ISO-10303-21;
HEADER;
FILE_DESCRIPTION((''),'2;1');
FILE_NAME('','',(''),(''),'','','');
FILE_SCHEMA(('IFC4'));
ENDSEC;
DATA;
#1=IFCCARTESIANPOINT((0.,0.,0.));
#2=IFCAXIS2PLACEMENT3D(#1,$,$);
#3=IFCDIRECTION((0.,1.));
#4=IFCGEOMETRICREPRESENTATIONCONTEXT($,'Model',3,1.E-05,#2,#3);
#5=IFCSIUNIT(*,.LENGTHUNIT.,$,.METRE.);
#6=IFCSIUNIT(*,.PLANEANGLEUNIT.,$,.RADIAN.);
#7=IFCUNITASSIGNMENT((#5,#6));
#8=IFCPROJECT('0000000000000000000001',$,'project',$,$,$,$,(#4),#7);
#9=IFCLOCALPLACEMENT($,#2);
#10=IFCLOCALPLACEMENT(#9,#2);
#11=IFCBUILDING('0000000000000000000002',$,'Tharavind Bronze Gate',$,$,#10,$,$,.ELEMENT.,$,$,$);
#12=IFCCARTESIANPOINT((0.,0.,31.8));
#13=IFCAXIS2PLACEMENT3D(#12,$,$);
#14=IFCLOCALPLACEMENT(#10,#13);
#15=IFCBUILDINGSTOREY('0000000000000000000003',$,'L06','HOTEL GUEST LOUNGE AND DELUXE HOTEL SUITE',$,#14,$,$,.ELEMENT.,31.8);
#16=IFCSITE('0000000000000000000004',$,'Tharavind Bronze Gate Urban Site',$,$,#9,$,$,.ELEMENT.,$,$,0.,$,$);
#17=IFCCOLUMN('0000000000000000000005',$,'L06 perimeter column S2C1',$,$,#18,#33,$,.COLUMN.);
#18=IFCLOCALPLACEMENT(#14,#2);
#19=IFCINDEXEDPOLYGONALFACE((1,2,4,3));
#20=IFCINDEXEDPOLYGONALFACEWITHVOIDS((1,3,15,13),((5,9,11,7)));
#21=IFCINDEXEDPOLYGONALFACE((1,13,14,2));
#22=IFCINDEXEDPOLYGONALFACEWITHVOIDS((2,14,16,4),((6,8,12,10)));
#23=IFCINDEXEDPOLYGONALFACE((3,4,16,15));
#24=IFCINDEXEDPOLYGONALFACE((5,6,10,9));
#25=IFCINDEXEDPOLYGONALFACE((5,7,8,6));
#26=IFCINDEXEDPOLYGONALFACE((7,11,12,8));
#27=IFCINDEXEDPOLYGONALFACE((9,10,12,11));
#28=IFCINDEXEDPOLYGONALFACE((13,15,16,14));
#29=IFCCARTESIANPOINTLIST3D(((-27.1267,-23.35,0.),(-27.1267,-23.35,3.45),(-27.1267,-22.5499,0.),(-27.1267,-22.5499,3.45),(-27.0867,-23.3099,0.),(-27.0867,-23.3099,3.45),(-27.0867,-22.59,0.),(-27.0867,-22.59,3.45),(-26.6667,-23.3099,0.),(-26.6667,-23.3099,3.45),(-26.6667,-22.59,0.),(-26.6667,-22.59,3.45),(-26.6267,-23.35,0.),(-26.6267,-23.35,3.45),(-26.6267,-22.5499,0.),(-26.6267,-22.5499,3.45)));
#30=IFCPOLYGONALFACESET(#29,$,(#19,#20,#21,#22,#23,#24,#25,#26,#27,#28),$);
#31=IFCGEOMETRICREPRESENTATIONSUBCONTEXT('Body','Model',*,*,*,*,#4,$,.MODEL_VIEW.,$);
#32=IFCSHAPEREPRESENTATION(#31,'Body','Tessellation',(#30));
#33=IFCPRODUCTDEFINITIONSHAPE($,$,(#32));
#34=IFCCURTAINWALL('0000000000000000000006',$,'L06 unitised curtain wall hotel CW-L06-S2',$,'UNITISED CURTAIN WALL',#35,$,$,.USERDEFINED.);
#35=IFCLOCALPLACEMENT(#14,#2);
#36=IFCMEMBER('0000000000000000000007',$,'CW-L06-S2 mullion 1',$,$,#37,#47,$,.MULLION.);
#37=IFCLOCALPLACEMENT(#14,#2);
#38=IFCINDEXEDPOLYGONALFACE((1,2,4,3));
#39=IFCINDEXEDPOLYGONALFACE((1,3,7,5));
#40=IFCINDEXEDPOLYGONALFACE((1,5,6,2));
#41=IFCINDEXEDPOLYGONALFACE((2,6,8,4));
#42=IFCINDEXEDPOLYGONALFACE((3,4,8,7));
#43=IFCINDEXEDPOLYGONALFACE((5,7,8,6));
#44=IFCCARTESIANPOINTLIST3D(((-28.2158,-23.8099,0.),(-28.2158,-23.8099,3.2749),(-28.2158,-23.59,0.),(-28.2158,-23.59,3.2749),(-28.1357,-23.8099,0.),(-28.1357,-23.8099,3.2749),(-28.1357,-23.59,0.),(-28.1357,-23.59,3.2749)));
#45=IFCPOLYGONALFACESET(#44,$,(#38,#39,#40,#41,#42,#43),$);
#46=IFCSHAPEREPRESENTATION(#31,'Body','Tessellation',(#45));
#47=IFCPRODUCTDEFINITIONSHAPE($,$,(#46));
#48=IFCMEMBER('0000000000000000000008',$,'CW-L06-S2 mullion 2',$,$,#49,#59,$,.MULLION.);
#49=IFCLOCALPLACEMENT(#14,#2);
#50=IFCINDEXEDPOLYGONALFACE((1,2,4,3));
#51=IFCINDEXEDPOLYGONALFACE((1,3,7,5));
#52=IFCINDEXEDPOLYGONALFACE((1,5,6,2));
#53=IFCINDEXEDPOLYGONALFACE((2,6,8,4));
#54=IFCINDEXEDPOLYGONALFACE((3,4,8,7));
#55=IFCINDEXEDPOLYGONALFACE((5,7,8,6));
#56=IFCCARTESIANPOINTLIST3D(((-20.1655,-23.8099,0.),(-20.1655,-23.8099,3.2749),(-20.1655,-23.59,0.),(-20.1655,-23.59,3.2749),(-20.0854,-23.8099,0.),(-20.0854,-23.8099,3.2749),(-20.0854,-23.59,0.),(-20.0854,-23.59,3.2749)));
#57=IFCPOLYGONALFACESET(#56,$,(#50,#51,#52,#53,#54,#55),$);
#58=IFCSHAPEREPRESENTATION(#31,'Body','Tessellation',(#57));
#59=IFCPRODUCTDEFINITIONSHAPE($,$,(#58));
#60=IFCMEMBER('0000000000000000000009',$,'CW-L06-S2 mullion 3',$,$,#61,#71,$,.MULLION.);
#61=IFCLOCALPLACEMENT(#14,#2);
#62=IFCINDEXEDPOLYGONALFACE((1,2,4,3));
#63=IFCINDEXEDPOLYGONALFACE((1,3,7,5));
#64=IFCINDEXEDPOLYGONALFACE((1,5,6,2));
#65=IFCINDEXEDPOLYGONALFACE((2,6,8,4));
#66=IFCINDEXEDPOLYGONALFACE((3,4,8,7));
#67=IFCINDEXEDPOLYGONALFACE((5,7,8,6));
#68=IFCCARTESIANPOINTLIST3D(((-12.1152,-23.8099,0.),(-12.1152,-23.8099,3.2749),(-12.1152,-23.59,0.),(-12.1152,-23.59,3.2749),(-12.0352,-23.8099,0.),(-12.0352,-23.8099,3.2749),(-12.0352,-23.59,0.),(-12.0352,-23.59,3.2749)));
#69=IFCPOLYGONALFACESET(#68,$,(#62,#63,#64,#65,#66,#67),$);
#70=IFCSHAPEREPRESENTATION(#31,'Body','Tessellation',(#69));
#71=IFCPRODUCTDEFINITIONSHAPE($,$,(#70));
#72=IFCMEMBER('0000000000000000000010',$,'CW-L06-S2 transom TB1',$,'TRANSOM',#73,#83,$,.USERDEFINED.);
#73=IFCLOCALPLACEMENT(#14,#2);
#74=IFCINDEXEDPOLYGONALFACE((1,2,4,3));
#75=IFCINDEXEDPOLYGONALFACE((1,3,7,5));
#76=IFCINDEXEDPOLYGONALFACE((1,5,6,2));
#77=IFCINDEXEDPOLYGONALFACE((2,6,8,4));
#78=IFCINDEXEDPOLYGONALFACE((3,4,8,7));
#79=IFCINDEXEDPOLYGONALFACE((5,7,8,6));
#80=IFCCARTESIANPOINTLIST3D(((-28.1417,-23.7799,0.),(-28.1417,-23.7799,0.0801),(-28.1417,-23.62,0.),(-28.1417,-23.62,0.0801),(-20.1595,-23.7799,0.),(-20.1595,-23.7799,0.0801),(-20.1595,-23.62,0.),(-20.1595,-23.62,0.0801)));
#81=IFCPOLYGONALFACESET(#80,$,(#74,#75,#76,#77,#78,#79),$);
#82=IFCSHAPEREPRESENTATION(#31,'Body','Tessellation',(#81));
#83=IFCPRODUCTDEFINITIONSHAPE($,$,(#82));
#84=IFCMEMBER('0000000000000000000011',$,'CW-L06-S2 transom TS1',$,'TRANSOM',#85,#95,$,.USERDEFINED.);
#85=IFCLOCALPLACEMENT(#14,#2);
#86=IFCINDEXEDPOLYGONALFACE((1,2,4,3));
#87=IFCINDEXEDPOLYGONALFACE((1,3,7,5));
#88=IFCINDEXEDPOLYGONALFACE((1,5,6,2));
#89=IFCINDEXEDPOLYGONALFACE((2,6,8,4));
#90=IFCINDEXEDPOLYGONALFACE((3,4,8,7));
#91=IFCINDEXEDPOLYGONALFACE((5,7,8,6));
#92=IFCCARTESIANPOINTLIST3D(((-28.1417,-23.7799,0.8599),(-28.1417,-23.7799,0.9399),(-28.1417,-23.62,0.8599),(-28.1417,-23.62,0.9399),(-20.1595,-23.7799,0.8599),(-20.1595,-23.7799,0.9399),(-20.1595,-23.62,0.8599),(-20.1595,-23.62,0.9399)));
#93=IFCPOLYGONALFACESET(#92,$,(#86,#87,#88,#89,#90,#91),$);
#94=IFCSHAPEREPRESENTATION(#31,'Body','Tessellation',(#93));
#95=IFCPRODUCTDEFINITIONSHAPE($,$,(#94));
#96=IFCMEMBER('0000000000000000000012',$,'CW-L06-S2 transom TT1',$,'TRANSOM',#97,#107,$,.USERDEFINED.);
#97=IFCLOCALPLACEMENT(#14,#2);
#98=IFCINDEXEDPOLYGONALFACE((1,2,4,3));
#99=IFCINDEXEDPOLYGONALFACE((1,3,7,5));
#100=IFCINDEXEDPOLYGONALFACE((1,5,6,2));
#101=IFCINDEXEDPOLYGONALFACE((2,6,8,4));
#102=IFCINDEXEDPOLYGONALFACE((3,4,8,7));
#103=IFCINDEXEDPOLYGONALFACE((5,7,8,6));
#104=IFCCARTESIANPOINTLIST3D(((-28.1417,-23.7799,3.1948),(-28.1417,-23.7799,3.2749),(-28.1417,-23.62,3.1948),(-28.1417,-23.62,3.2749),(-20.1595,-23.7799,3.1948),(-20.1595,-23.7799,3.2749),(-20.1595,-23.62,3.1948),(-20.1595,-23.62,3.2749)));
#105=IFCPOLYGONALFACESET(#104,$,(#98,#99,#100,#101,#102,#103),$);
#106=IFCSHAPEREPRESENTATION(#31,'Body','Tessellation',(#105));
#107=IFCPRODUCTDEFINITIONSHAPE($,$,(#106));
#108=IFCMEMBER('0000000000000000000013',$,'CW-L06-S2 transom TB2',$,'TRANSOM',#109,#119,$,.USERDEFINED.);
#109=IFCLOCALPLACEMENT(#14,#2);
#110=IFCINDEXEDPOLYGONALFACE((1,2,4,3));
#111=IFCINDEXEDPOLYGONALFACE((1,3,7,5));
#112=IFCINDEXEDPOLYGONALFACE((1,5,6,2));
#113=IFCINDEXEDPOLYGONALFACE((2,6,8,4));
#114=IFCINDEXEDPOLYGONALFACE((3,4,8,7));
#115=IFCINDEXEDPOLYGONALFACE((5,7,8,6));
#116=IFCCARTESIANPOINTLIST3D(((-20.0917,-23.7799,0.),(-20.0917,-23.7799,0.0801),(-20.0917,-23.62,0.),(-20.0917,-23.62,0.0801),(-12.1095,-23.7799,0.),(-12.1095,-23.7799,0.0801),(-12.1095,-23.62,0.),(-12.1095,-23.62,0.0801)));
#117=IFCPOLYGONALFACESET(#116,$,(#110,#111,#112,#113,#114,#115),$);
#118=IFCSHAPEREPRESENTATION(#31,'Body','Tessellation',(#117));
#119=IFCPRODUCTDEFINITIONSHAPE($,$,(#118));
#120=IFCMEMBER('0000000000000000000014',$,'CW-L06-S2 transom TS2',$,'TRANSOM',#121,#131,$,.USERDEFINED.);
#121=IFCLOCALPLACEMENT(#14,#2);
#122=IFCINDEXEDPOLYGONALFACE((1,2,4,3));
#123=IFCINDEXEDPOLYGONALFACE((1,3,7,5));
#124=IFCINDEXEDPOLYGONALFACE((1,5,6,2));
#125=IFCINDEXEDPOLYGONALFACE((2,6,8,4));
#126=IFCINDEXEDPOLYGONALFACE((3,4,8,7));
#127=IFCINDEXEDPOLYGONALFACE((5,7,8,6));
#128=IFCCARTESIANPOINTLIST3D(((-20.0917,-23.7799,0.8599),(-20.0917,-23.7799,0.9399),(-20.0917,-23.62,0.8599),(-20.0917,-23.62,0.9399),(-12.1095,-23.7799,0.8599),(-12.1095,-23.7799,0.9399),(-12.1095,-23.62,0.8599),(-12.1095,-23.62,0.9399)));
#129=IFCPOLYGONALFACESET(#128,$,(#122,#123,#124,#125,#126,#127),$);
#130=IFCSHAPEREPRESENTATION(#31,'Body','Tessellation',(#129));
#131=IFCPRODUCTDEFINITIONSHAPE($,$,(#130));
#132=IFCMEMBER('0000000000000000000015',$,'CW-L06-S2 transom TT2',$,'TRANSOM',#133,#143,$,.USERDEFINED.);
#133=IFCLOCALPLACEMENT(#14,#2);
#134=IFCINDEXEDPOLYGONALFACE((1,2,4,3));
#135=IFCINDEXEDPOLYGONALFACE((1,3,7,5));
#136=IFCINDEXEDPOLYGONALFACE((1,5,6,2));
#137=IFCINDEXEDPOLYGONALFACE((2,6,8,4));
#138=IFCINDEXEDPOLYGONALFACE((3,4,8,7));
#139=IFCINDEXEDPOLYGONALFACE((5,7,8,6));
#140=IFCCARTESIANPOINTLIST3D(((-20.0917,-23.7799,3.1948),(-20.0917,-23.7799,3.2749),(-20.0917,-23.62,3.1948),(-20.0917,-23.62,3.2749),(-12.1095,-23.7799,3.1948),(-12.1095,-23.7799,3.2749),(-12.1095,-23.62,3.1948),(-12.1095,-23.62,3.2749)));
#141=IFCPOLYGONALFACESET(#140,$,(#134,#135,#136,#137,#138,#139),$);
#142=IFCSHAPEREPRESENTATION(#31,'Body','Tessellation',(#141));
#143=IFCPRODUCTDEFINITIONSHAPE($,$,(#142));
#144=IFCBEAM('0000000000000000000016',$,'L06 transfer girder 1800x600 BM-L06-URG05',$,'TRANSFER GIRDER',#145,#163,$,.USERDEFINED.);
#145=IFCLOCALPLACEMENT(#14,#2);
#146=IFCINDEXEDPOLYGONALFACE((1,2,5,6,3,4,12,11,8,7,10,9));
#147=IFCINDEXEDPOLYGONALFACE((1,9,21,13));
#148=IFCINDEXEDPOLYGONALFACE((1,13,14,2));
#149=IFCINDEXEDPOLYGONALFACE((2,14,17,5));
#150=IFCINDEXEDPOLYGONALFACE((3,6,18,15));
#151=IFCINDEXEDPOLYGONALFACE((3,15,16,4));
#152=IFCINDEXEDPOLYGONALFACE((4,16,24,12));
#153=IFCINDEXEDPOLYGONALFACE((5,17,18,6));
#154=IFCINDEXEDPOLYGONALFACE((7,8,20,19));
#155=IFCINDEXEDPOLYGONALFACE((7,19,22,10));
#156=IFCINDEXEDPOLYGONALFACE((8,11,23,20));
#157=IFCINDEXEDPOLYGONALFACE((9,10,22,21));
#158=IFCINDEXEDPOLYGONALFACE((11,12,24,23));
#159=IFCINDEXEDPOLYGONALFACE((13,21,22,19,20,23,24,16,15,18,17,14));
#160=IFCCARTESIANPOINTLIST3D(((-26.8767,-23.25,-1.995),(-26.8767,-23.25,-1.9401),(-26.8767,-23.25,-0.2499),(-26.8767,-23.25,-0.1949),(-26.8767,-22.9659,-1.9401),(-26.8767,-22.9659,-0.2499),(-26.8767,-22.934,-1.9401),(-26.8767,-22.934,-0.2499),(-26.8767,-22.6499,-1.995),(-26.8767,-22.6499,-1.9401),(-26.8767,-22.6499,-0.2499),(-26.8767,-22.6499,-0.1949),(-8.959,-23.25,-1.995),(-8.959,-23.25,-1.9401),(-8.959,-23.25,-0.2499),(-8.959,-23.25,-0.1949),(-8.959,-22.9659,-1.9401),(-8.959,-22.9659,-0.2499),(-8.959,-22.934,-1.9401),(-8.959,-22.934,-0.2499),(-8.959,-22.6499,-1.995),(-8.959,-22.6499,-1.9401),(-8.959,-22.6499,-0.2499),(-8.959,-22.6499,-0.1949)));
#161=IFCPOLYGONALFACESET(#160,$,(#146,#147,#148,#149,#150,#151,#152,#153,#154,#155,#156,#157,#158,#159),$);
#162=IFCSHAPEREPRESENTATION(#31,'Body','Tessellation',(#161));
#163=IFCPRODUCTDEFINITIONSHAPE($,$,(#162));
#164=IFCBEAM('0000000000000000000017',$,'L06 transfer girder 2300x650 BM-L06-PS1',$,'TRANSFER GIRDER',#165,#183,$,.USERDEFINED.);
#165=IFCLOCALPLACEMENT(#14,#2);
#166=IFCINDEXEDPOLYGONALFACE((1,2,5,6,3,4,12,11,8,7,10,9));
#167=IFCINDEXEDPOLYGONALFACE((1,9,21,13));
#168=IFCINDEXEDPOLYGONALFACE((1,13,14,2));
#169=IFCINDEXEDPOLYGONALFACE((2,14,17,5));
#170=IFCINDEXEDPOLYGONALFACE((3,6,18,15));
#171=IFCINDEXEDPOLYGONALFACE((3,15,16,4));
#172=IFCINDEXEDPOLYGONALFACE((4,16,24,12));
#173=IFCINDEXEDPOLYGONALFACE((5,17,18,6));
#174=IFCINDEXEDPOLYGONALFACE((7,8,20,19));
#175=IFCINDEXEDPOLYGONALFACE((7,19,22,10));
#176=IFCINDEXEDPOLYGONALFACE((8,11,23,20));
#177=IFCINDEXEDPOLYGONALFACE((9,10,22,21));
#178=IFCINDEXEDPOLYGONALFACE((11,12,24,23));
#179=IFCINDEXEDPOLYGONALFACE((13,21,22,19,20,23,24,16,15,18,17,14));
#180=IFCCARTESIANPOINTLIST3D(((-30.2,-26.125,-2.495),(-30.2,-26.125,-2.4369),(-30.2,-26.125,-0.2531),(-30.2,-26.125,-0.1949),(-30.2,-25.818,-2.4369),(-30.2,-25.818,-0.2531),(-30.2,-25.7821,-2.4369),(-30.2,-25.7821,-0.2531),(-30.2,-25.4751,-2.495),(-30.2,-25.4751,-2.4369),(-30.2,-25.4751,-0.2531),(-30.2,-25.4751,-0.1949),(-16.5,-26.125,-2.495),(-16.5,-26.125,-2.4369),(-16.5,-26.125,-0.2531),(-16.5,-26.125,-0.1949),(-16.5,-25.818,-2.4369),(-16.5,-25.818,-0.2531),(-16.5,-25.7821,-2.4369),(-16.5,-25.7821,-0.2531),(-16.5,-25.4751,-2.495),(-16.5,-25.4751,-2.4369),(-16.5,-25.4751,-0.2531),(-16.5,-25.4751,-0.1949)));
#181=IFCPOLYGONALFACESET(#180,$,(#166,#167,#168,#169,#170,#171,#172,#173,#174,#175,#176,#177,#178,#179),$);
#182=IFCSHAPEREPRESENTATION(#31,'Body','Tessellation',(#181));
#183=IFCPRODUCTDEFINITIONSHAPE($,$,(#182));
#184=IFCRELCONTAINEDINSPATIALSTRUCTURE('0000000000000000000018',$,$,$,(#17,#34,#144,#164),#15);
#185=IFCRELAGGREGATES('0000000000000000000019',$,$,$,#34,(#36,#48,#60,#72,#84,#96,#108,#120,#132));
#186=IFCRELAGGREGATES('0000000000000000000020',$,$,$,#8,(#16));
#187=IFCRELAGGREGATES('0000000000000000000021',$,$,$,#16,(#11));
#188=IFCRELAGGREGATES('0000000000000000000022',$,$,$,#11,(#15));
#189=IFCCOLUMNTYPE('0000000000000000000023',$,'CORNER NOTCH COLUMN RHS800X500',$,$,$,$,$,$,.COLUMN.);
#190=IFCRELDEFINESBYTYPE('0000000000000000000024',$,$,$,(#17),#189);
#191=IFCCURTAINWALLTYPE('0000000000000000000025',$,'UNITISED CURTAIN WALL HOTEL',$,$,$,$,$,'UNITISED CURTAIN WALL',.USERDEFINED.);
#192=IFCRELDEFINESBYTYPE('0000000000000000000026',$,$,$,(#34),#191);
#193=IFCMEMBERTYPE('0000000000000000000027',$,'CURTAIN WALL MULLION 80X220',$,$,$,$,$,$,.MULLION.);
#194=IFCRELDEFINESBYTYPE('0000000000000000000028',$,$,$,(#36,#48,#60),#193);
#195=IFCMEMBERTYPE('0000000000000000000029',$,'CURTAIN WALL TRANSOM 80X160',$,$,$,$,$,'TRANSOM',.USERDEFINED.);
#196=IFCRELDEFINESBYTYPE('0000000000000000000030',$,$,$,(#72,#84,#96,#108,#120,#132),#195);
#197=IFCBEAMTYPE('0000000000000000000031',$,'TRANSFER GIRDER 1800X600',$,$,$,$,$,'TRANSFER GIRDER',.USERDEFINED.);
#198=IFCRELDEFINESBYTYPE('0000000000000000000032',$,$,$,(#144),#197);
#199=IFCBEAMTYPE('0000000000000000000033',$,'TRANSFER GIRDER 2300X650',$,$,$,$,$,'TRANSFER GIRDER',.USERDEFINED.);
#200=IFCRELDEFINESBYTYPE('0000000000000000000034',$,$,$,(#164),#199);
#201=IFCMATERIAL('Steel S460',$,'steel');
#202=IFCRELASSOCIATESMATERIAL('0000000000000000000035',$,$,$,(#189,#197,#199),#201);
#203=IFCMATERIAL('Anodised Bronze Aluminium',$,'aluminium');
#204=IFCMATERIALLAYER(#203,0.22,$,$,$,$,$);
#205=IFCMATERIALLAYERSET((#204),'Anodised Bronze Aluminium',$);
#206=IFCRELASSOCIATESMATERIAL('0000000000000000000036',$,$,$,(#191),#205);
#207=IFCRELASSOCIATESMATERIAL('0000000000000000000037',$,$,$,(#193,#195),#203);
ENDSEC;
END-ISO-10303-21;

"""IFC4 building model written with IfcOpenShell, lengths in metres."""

from ifc_helpers import new_model, si_unit, direction, frame, origin, origin_2d, place, context, subcontext, project, spatial, rectangle, hollow_rectangle, i_section, extrude, material, layer, layer_set, material_profile, profile_set, type_object, element, aggregate, save


model = new_model("IFC4")

# Units and contexts
model_context = context("Model", 3, precision=1e-05, world=origin(), true_north=direction((0.0, 1.0)))
body_context = subcontext(model_context, "Body", "Model", "MODEL_VIEW")
ifc_project = project(units=[si_unit("LENGTHUNIT", "METRE"), si_unit("PLANEANGLEUNIT", "RADIAN")], contexts=[model_context])

# Site, building, storey
site_placement = place(None, origin())
site = spatial("IfcSite", under=ifc_project, at=site_placement, Name="Tharavind Bronze Gate Urban Site", CompositionType="ELEMENT", RefElevation=0.0)
building_placement = place(site_placement, origin())
building = spatial("IfcBuilding", under=site, at=building_placement, Name="Tharavind Bronze Gate", CompositionType="ELEMENT")
storey_placement = place(building_placement, frame((0.0, 0.0, 31.8)))
storey = spatial("IfcBuildingStorey", under=building, at=storey_placement, Name="L06", Description="HOTEL GUEST LOUNGE AND DELUXE HOTEL SUITE", CompositionType="ELEMENT", Elevation=31.8)

# Column
ifc_material_1 = material(Name="Steel S460", Category="steel")
ifc_material_profile_1 = material_profile(ifc_material_1, hollow_rectangle(XDim=0.5, YDim=0.8, WallThickness=0.04, at=origin_2d()), Name="RHS800X500X40")
ifc_profile_set_1 = profile_set([ifc_material_profile_1], Name="Steel S460")
column_type = type_object("IfcColumnType", Name="CORNER NOTCH COLUMN RHS800X500", PredefinedType="COLUMN", material=ifc_profile_set_1)
column_placement = place(storey_placement, frame((-26.8767, -22.95, 0.0), z_axis=(0.0, 0.0, 1.0), x_axis=(1.0, 0.0, 0.0)))
element("IfcColumn", 1, at=column_placement, inside=storey, type_object=column_type, Name="L06 perimeter column S2C1", PredefinedType="COLUMN", context=body_context, shape_type="SweptSolid", body=[
    extrude(hollow_rectangle(XDim=0.5, YDim=0.8, WallThickness=0.04, at=origin_2d()), origin(), (0.0, 0.0, 1.0), 3.45),
])

# Curtain wall, members
ifc_material_2 = material(Name="Anodised Bronze Aluminium", Category="aluminium")
ifc_layer_1 = layer(ifc_material_2, 0.22)
ifc_layer_set_1 = layer_set([ifc_layer_1], Name="Anodised Bronze Aluminium")
curtain_wall_type = type_object("IfcCurtainWallType", Name="UNITISED CURTAIN WALL HOTEL", ElementType="UNITISED CURTAIN WALL", PredefinedType="USERDEFINED", material=ifc_layer_set_1)
curtain_wall_placement = place(storey_placement, origin())
curtain_wall = element("IfcCurtainWall", 2, at=curtain_wall_placement, inside=storey, type_object=curtain_wall_type, Name="L06 unitised curtain wall hotel CW-L06-S2", ObjectType="UNITISED CURTAIN WALL", PredefinedType="USERDEFINED")
member_type_1 = type_object("IfcMemberType", Name="CURTAIN WALL MULLION 80X220", PredefinedType="MULLION", material=ifc_material_2)
member_1_placement = place(storey_placement, frame((-28.1758, -23.7, 0.0), z_axis=(0.0, 0.0, 1.0), x_axis=(1.0, 0.0, 0.0)))
member_1 = element("IfcMember", 3, at=member_1_placement, type_object=member_type_1, Name="CW-L06-S2 mullion 1", PredefinedType="MULLION", context=body_context, shape_type="SweptSolid", body=[
    extrude(rectangle(XDim=0.0801, YDim=0.22, at=origin_2d()), origin(), (0.0, 0.0, 1.0), 3.2749),
])
member_2_placement = place(storey_placement, frame((-20.1255, -23.7, 0.0), z_axis=(0.0, 0.0, 1.0), x_axis=(1.0, 0.0, 0.0)))
member_2 = element("IfcMember", 4, at=member_2_placement, type_object=member_type_1, Name="CW-L06-S2 mullion 2", PredefinedType="MULLION", context=body_context, shape_type="SweptSolid", body=[
    extrude(rectangle(XDim=0.0801, YDim=0.22, at=origin_2d()), origin(), (0.0, 0.0, 1.0), 3.2749),
])
member_3_placement = place(storey_placement, frame((-12.0752, -23.7, 0.0), z_axis=(0.0, 0.0, 1.0), x_axis=(1.0, 0.0, 0.0)))
member_3 = element("IfcMember", 5, at=member_3_placement, type_object=member_type_1, Name="CW-L06-S2 mullion 3", PredefinedType="MULLION", context=body_context, shape_type="SweptSolid", body=[
    extrude(rectangle(XDim=0.0801, YDim=0.22, at=origin_2d()), origin(), (0.0, 0.0, 1.0), 3.2749),
])
member_type_2 = type_object("IfcMemberType", Name="CURTAIN WALL TRANSOM 80X160", ElementType="TRANSOM", PredefinedType="USERDEFINED", material=ifc_material_2)
member_4_placement = place(storey_placement, frame((-24.1506, -23.7, 0.0), z_axis=(0.0, 0.0, 1.0), x_axis=(1.0, 0.0, 0.0)))
member_4 = element("IfcMember", 6, at=member_4_placement, type_object=member_type_2, Name="CW-L06-S2 transom TB1", ObjectType="TRANSOM", PredefinedType="USERDEFINED", context=body_context, shape_type="SweptSolid", body=[
    extrude(rectangle(XDim=7.9822, YDim=0.1599, at=origin_2d()), origin(), (0.0, 0.0, 1.0), 0.0801),
])
member_5_placement = place(storey_placement, frame((-24.1506, -23.7, 0.8599), z_axis=(0.0, 0.0, 1.0), x_axis=(1.0, 0.0, 0.0)))
member_5 = element("IfcMember", 7, at=member_5_placement, type_object=member_type_2, Name="CW-L06-S2 transom TS1", ObjectType="TRANSOM", PredefinedType="USERDEFINED", context=body_context, shape_type="SweptSolid", body=[
    extrude(rectangle(XDim=7.9822, YDim=0.1599, at=origin_2d()), origin(), (0.0, 0.0, 1.0), 0.0801),
])
member_6_placement = place(storey_placement, frame((-24.1506, -23.7, 3.1948), z_axis=(0.0, 0.0, 1.0), x_axis=(1.0, 0.0, 0.0)))
member_6 = element("IfcMember", 8, at=member_6_placement, type_object=member_type_2, Name="CW-L06-S2 transom TT1", ObjectType="TRANSOM", PredefinedType="USERDEFINED", context=body_context, shape_type="SweptSolid", body=[
    extrude(rectangle(XDim=7.9822, YDim=0.1599, at=origin_2d()), origin(), (0.0, 0.0, 1.0), 0.0801),
])
member_7_placement = place(storey_placement, frame((-16.1006, -23.7, 0.0), z_axis=(0.0, 0.0, 1.0), x_axis=(1.0, 0.0, 0.0)))
member_7 = element("IfcMember", 9, at=member_7_placement, type_object=member_type_2, Name="CW-L06-S2 transom TB2", ObjectType="TRANSOM", PredefinedType="USERDEFINED", context=body_context, shape_type="SweptSolid", body=[
    extrude(rectangle(XDim=7.9822, YDim=0.1599, at=origin_2d()), origin(), (0.0, 0.0, 1.0), 0.0801),
])
member_8_placement = place(storey_placement, frame((-16.1006, -23.7, 0.8599), z_axis=(0.0, 0.0, 1.0), x_axis=(1.0, 0.0, 0.0)))
member_8 = element("IfcMember", 10, at=member_8_placement, type_object=member_type_2, Name="CW-L06-S2 transom TS2", ObjectType="TRANSOM", PredefinedType="USERDEFINED", context=body_context, shape_type="SweptSolid", body=[
    extrude(rectangle(XDim=7.9822, YDim=0.1599, at=origin_2d()), origin(), (0.0, 0.0, 1.0), 0.0801),
])
member_9_placement = place(storey_placement, frame((-16.1006, -23.7, 3.1948), z_axis=(0.0, 0.0, 1.0), x_axis=(1.0, 0.0, 0.0)))
member_9 = element("IfcMember", 11, at=member_9_placement, type_object=member_type_2, Name="CW-L06-S2 transom TT2", ObjectType="TRANSOM", PredefinedType="USERDEFINED", context=body_context, shape_type="SweptSolid", body=[
    extrude(rectangle(XDim=7.9822, YDim=0.1599, at=origin_2d()), origin(), (0.0, 0.0, 1.0), 0.0801),
])

# Beams
ifc_material_profile_2 = material_profile(ifc_material_1, i_section(OverallWidth=0.6001, OverallDepth=1.8, WebThickness=0.032, FlangeThickness=0.0549, at=origin_2d()), Name="PG1800X600")
ifc_profile_set_2 = profile_set([ifc_material_profile_2], Name="Steel S460")
beam_type_1 = type_object("IfcBeamType", Name="TRANSFER GIRDER 1800X600", ElementType="TRANSFER GIRDER", PredefinedType="USERDEFINED", material=ifc_profile_set_2)
beam_1_placement = place(storey_placement, frame((-26.8767, -22.95, -1.095), z_axis=(1.0, 0.0, 0.0), x_axis=(0.0, 1.0, 0.0)))
element("IfcBeam", 12, at=beam_1_placement, inside=storey, type_object=beam_type_1, Name="L06 transfer girder 1800x600 BM-L06-URG05", ObjectType="TRANSFER GIRDER", PredefinedType="USERDEFINED", context=body_context, shape_type="SweptSolid", body=[
    extrude(i_section(OverallWidth=0.6001, OverallDepth=1.8, WebThickness=0.032, FlangeThickness=0.0549, at=origin_2d()), origin(), (0.0, 0.0, 1.0), 17.9177),
])
ifc_material_profile_3 = material_profile(ifc_material_1, i_section(OverallWidth=0.6499, OverallDepth=2.3, WebThickness=0.0359, FlangeThickness=0.0581, at=origin_2d()), Name="PG2300X650")
ifc_profile_set_3 = profile_set([ifc_material_profile_3], Name="Steel S460")
beam_type_2 = type_object("IfcBeamType", Name="TRANSFER GIRDER 2300X650", ElementType="TRANSFER GIRDER", PredefinedType="USERDEFINED", material=ifc_profile_set_3)
beam_2_placement = place(storey_placement, frame((-30.2, -25.8, -1.345), z_axis=(1.0, 0.0, 0.0), x_axis=(0.0, 1.0, 0.0)))
element("IfcBeam", 13, at=beam_2_placement, inside=storey, type_object=beam_type_2, Name="L06 transfer girder 2300x650 BM-L06-PS1", ObjectType="TRANSFER GIRDER", PredefinedType="USERDEFINED", context=body_context, shape_type="SweptSolid", body=[
    extrude(i_section(OverallWidth=0.6499, OverallDepth=2.3, WebThickness=0.0359, FlangeThickness=0.0581, at=origin_2d()), origin(), (0.0, 0.0, 1.0), 13.7),
])

aggregate(curtain_wall, [member_1, member_2, member_3, member_4, member_5, member_6, member_7, member_8, member_9])

save(model, "model.ifc")
